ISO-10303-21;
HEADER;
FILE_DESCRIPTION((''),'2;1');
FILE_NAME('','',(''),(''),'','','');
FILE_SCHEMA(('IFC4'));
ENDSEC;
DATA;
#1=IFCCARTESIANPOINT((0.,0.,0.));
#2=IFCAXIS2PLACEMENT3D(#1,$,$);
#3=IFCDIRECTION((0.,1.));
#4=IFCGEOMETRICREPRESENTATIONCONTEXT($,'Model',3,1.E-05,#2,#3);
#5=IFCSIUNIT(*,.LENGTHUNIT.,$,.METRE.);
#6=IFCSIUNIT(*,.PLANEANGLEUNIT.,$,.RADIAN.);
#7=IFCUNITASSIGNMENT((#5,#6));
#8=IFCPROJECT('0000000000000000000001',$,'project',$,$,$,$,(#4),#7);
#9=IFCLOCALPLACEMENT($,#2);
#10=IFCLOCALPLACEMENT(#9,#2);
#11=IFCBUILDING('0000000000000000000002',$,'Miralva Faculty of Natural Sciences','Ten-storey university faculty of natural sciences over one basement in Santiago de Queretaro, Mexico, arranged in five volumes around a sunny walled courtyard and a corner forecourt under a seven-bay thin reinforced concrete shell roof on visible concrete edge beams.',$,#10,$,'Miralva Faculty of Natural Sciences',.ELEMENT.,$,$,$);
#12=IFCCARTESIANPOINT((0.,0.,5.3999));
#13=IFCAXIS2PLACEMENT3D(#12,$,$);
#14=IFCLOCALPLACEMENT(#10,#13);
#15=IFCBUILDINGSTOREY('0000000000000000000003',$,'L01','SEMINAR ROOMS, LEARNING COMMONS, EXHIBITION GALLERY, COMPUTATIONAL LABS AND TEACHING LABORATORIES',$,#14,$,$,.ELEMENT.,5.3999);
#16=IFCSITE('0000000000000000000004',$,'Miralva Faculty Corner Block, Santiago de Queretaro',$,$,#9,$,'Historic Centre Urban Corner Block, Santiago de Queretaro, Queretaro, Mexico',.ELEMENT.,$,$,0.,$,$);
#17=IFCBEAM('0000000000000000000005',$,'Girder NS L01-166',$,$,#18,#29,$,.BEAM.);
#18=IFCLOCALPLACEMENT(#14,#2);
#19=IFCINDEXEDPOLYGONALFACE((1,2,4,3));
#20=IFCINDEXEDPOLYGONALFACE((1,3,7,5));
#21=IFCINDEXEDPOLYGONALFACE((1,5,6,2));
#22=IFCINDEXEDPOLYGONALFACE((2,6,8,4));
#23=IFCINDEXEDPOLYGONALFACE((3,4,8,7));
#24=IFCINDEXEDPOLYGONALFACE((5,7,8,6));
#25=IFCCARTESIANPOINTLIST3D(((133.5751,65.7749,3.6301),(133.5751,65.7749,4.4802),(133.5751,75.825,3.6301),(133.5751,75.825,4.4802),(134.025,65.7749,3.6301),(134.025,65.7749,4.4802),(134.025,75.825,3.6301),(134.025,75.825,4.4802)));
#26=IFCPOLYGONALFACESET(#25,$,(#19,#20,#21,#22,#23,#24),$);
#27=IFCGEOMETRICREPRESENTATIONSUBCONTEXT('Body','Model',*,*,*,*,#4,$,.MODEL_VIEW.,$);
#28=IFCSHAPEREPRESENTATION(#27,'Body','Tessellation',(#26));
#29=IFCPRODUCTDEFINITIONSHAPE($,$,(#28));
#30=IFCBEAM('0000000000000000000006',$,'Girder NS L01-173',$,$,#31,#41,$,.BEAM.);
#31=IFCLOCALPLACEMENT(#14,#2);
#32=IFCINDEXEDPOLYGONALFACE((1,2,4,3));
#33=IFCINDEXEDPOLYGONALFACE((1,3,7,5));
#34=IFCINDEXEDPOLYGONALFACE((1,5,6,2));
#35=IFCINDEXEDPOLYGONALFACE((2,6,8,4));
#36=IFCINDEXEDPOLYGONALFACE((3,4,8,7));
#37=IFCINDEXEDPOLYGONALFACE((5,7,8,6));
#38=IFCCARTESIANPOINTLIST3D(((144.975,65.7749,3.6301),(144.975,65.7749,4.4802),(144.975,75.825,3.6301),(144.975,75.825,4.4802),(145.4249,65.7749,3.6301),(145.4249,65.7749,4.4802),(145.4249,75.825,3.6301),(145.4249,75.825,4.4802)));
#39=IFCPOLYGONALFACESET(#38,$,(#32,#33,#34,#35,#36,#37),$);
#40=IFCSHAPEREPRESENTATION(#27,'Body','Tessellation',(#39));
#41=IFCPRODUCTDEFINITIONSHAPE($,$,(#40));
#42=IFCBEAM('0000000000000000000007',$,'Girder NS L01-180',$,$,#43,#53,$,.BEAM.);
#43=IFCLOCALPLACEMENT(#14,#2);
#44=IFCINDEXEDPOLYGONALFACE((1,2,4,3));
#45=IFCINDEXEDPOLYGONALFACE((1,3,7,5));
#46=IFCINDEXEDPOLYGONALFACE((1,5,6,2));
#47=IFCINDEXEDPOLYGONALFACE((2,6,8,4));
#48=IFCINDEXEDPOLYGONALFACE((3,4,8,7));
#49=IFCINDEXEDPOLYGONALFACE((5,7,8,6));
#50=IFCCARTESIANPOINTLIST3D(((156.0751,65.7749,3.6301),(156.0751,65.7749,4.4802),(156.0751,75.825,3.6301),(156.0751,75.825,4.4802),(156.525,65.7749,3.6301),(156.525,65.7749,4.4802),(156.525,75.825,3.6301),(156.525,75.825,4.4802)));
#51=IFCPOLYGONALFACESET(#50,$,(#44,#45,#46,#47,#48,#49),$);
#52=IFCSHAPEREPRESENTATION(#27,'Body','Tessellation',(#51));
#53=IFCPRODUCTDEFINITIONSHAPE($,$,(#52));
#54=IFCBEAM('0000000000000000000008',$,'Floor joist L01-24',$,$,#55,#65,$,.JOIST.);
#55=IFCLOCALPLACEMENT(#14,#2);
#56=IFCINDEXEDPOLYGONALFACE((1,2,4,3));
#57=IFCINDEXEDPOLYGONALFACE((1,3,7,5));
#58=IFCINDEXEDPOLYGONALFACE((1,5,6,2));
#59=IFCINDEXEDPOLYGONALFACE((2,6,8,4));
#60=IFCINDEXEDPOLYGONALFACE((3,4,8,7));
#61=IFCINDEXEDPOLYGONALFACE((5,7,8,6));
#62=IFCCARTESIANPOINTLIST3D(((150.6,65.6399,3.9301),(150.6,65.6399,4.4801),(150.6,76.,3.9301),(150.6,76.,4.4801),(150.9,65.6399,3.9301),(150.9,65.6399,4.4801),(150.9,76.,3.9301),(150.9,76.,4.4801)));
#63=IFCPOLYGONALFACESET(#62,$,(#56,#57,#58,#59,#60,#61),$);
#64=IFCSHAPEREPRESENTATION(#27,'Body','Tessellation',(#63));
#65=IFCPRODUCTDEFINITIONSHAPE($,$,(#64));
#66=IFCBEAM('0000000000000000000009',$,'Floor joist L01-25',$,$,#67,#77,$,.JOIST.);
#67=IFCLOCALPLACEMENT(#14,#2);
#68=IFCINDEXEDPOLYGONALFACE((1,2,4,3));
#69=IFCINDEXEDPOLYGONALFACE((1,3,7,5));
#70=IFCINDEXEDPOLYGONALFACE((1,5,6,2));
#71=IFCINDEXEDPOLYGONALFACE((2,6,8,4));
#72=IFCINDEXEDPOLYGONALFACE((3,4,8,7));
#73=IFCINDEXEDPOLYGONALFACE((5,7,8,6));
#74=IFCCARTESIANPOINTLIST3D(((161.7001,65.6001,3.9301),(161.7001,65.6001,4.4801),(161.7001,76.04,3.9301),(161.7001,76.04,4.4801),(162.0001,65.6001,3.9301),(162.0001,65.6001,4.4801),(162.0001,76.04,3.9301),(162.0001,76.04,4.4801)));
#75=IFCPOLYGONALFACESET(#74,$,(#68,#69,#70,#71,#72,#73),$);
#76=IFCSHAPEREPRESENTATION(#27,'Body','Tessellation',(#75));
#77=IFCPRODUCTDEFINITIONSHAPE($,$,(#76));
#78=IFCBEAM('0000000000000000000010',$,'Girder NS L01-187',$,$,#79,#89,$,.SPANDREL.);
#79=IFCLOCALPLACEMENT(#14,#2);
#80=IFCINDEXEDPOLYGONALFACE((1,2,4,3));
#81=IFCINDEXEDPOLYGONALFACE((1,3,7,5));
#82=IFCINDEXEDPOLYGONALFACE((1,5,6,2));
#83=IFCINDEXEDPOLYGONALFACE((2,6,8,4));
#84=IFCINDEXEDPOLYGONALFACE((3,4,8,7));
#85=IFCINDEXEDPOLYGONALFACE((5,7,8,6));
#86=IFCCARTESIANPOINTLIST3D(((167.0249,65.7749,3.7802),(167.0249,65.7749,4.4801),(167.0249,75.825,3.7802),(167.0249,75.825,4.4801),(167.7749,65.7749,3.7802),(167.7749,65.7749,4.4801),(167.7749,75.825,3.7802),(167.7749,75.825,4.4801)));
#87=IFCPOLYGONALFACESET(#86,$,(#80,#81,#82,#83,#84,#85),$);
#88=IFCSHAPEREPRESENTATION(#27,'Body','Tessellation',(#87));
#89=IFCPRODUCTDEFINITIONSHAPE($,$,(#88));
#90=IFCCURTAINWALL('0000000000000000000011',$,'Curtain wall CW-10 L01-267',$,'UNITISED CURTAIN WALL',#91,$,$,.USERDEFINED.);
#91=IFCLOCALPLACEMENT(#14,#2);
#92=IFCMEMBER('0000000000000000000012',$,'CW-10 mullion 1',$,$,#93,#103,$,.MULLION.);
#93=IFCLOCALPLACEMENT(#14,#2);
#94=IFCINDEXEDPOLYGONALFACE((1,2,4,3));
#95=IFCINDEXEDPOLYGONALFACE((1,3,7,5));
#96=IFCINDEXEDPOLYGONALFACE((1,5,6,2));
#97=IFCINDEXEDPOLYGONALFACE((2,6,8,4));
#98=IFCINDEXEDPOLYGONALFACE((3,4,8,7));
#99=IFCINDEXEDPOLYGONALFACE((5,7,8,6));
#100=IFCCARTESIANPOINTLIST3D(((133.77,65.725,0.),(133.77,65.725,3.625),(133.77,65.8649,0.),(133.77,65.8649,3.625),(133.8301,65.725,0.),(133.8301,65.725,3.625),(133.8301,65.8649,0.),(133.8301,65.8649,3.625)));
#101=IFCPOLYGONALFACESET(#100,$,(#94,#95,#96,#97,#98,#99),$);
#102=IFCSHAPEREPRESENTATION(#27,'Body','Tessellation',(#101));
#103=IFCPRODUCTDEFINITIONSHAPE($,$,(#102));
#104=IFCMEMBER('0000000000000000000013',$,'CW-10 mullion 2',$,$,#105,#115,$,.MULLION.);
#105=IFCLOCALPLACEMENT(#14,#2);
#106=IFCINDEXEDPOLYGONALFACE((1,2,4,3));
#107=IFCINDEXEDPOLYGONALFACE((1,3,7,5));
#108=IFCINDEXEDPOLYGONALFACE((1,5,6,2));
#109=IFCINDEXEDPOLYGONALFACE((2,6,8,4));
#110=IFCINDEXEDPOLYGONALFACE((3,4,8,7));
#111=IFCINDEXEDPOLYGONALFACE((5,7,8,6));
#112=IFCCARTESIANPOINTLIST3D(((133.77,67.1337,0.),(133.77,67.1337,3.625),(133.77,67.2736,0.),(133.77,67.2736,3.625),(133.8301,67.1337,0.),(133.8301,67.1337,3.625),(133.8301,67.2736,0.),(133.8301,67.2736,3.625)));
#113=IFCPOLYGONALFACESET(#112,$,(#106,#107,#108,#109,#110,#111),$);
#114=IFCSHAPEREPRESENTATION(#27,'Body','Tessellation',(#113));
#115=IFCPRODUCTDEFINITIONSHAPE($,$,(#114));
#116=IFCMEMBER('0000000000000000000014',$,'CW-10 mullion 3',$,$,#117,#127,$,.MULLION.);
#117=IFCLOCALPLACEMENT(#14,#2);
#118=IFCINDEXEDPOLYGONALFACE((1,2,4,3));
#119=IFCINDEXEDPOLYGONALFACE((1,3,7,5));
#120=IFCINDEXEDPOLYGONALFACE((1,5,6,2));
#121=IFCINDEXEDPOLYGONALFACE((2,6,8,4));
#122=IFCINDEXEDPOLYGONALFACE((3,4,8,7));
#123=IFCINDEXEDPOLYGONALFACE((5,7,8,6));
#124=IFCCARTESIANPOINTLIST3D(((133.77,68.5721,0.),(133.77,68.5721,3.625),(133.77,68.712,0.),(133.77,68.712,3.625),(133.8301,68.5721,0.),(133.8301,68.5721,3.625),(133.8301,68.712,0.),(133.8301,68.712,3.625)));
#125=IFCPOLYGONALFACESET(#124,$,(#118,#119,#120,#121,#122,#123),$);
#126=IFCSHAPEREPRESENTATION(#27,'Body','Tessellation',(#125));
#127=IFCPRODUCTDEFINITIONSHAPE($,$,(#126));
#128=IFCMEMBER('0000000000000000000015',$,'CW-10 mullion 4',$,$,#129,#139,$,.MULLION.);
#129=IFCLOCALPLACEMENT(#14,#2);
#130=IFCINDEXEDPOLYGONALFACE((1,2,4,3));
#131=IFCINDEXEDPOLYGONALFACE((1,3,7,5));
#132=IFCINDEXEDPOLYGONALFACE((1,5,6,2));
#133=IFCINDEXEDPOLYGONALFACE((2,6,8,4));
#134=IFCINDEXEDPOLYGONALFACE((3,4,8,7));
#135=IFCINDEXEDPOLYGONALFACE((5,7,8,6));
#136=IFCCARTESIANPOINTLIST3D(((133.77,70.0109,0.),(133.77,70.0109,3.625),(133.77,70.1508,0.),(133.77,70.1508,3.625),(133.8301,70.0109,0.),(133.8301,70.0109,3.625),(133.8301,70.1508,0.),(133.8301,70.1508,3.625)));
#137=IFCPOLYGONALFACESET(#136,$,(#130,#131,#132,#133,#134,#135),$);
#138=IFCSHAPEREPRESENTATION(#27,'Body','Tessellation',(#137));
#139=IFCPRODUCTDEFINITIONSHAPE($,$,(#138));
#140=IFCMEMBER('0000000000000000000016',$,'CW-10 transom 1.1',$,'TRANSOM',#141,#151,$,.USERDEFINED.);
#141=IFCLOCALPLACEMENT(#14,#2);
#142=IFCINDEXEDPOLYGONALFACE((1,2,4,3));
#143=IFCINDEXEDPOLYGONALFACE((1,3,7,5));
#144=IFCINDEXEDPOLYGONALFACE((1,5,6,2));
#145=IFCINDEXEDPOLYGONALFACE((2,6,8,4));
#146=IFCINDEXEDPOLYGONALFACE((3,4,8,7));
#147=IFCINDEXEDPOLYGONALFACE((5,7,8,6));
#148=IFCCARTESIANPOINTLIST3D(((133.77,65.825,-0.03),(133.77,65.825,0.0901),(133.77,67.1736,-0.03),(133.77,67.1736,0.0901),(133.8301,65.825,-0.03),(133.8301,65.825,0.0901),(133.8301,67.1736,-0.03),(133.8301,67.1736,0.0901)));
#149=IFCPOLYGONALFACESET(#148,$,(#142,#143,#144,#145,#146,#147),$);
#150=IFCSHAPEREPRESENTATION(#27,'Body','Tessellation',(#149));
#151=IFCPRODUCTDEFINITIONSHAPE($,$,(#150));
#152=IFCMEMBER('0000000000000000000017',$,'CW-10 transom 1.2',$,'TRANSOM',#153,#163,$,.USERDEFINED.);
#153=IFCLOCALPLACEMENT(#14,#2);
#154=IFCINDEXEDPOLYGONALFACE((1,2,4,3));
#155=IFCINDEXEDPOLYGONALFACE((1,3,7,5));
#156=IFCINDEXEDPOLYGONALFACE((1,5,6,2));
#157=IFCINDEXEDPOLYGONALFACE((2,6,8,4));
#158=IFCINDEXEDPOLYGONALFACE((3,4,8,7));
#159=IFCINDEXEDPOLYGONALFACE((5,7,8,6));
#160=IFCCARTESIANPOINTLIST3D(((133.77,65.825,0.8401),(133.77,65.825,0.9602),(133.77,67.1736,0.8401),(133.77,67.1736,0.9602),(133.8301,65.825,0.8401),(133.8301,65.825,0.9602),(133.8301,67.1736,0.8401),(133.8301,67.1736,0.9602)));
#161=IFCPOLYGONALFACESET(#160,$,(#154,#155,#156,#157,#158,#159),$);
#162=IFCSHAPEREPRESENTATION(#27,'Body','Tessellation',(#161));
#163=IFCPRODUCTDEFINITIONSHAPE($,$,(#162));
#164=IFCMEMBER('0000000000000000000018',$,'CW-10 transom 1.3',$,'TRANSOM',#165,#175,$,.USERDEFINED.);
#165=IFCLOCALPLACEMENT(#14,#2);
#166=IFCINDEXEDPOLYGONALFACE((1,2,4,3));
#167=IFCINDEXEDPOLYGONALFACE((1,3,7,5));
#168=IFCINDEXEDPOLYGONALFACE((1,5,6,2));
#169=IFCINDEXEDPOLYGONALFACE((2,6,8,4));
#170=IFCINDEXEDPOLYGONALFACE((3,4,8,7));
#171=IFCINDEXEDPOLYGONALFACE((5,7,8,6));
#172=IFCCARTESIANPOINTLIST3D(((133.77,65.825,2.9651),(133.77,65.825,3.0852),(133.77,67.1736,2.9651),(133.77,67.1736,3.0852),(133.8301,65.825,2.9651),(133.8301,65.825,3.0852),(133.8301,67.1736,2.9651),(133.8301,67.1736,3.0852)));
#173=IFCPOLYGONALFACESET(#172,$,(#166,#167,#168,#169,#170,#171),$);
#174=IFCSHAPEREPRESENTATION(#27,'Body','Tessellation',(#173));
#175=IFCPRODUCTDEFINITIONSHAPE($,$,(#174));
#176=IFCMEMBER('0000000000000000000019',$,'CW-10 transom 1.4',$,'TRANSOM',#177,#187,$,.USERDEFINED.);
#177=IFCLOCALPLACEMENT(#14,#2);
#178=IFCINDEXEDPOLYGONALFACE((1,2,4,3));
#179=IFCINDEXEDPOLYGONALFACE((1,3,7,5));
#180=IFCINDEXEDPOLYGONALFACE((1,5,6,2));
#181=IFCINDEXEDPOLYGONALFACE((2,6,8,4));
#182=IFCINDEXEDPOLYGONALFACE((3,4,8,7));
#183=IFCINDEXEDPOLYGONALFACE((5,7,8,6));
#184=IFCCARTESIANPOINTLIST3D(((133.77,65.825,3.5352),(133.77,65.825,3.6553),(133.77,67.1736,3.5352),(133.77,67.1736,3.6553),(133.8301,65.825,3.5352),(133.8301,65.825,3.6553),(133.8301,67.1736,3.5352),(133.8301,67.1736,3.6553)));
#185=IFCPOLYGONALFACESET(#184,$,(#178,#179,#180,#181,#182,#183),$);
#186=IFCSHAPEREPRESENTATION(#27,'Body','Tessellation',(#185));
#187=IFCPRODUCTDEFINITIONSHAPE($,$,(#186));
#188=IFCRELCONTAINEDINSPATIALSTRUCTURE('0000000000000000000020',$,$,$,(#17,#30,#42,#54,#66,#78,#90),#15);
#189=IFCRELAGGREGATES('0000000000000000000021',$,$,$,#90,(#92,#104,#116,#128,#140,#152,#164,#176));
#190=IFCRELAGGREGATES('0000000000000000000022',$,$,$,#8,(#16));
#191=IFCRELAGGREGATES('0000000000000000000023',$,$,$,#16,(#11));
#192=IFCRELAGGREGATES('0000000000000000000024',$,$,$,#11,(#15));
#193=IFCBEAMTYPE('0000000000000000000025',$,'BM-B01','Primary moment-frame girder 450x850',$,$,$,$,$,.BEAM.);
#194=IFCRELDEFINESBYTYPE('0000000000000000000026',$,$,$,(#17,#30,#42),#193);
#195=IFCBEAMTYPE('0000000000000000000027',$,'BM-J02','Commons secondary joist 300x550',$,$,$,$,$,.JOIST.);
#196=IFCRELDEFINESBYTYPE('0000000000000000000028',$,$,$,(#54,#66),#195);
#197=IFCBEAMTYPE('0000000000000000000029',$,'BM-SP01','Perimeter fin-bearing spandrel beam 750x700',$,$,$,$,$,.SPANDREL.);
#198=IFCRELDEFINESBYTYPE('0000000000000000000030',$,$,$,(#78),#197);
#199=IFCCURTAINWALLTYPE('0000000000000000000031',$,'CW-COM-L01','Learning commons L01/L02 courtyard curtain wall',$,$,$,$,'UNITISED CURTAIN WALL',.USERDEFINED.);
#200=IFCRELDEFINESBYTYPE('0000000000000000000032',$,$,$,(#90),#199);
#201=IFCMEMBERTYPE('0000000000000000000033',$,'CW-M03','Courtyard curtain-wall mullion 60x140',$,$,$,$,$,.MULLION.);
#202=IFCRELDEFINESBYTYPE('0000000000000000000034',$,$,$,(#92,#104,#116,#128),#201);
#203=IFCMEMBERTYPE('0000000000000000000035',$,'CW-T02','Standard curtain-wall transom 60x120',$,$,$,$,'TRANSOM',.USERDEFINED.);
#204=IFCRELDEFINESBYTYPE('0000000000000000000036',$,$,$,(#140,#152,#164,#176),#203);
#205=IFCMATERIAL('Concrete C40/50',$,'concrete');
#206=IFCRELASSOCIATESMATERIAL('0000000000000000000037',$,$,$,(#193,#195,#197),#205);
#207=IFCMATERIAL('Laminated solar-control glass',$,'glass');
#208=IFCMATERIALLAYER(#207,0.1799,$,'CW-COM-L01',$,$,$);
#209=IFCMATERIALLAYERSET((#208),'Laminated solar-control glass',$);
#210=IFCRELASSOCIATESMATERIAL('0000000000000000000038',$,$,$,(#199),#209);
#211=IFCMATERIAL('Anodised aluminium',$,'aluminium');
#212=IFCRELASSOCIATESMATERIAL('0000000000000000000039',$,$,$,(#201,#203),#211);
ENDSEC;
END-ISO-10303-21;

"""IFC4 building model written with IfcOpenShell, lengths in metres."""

from ifc_helpers import new_model, si_unit, direction, frame, origin, origin_2d, place, context, subcontext, project, spatial, rectangle, extrude, material, layer, layer_set, material_profile, profile_set, type_object, element, aggregate, save


model = new_model("IFC4")

# Units and contexts
model_context = context("Model", 3, precision=1e-05, world=origin(), true_north=direction((0.0, 1.0)))
body_context = subcontext(model_context, "Body", "Model", "MODEL_VIEW")
ifc_project = project(units=[si_unit("LENGTHUNIT", "METRE"), si_unit("PLANEANGLEUNIT", "RADIAN")], contexts=[model_context])

# Site, building, storey
site_placement = place(None, origin())
site = spatial("IfcSite", under=ifc_project, at=site_placement, Name="Miralva Faculty Corner Block, Santiago de Queretaro", LongName="Historic Centre Urban Corner Block, Santiago de Queretaro, Queretaro, Mexico", CompositionType="ELEMENT", RefElevation=0.0)
building_placement = place(site_placement, origin())
building = spatial("IfcBuilding", under=site, at=building_placement, Name="Miralva Faculty of Natural Sciences", Description="Ten-storey university faculty of natural sciences over one basement in Santiago de Queretaro, Mexico, arranged in five volumes around a sunny walled courtyard and a corner forecourt under a seven-bay thin reinforced concrete shell roof on visible concrete edge beams.", LongName="Miralva Faculty of Natural Sciences", CompositionType="ELEMENT")
storey_placement = place(building_placement, frame((0.0, 0.0, 5.3999)))
storey = spatial("IfcBuildingStorey", under=building, at=storey_placement, Name="L01", Description="SEMINAR ROOMS, LEARNING COMMONS, EXHIBITION GALLERY, COMPUTATIONAL LABS AND TEACHING LABORATORIES", CompositionType="ELEMENT", Elevation=5.3999)

# Beams
ifc_material_1 = material(Name="Concrete C40/50", Category="concrete")
ifc_material_profile_1 = material_profile(ifc_material_1, rectangle(XDim=0.45, YDim=0.8501, at=origin_2d()), Name="RC 450x850")
ifc_profile_set_1 = profile_set([ifc_material_profile_1], Name="Concrete C40/50")
beam_type_1 = type_object("IfcBeamType", Name="BM-B01", Description="Primary moment-frame girder 450x850", PredefinedType="BEAM", material=ifc_profile_set_1)
for number, where, z_axis, x_axis, name in (
    (1, (133.8, 65.7749, 4.0552), (0.0, 1.0, 0.0), (-1.0, 0.0, 0.0), "Girder NS L01-166"),
    (2, (145.2, 65.7749, 4.0552), (0.0, 1.0, 0.0), (-1.0, 0.0, 0.0), "Girder NS L01-173"),
    (3, (156.3, 65.7749, 4.0552), (0.0, 1.0, 0.0), (-1.0, 0.0, 0.0), "Girder NS L01-180"),
):
    element("IfcBeam", number, at=place(storey_placement, frame(where, z_axis=z_axis, x_axis=x_axis)), inside=storey, type_object=beam_type_1, Name=name, PredefinedType="BEAM", context=body_context, shape_type="SweptSolid", body=[
        extrude(rectangle(XDim=0.45, YDim=0.8501, at=origin_2d()), origin(), (0.0, 0.0, 1.0), 10.05),
    ])
ifc_material_profile_2 = material_profile(ifc_material_1, rectangle(XDim=0.3, YDim=0.55, at=origin_2d()), Name="RC 300x550")
ifc_profile_set_2 = profile_set([ifc_material_profile_2], Name="Concrete C40/50")
beam_type_2 = type_object("IfcBeamType", Name="BM-J02", Description="Commons secondary joist 300x550", PredefinedType="JOIST", material=ifc_profile_set_2)
beam_1_placement = place(storey_placement, frame((150.75, 65.6399, 4.2051), z_axis=(0.0, 1.0, 0.0), x_axis=(-1.0, 0.0, 0.0)))
element("IfcBeam", 4, at=beam_1_placement, inside=storey, type_object=beam_type_2, Name="Floor joist L01-24", PredefinedType="JOIST", context=body_context, shape_type="SweptSolid", body=[
    extrude(rectangle(XDim=0.3, YDim=0.55, at=origin_2d()), origin(), (0.0, 0.0, 1.0), 10.3601),
])
beam_2_placement = place(storey_placement, frame((161.8501, 65.6001, 4.2051), z_axis=(0.0, 1.0, 0.0), x_axis=(-1.0, 0.0, 0.0)))
element("IfcBeam", 5, at=beam_2_placement, inside=storey, type_object=beam_type_2, Name="Floor joist L01-25", PredefinedType="JOIST", context=body_context, shape_type="SweptSolid", body=[
    extrude(rectangle(XDim=0.3, YDim=0.55, at=origin_2d()), origin(), (0.0, 0.0, 1.0), 10.4399),
])
ifc_material_profile_3 = material_profile(ifc_material_1, rectangle(XDim=0.75, YDim=0.7, at=origin_2d()), Name="RC 750x700")
ifc_profile_set_3 = profile_set([ifc_material_profile_3], Name="Concrete C40/50")
beam_type_3 = type_object("IfcBeamType", Name="BM-SP01", Description="Perimeter fin-bearing spandrel beam 750x700", PredefinedType="SPANDREL", material=ifc_profile_set_3)
beam_3_placement = place(storey_placement, frame((167.3999, 65.7749, 4.1301), z_axis=(0.0, 1.0, 0.0), x_axis=(-1.0, 0.0, 0.0)))
element("IfcBeam", 6, at=beam_3_placement, inside=storey, type_object=beam_type_3, Name="Girder NS L01-187", PredefinedType="SPANDREL", context=body_context, shape_type="SweptSolid", body=[
    extrude(rectangle(XDim=0.75, YDim=0.7, at=origin_2d()), origin(), (0.0, 0.0, 1.0), 10.05),
])

# Curtain wall, members
ifc_material_2 = material(Name="Laminated solar-control glass", Category="glass")
ifc_layer_1 = layer(ifc_material_2, 0.1799, Name="CW-COM-L01")
ifc_layer_set_1 = layer_set([ifc_layer_1], Name="Laminated solar-control glass")
curtain_wall_type = type_object("IfcCurtainWallType", Name="CW-COM-L01", Description="Learning commons L01/L02 courtyard curtain wall", ElementType="UNITISED CURTAIN WALL", PredefinedType="USERDEFINED", material=ifc_layer_set_1)
curtain_wall_placement = place(storey_placement, origin())
curtain_wall = element("IfcCurtainWall", 7, at=curtain_wall_placement, inside=storey, type_object=curtain_wall_type, Name="Curtain wall CW-10 L01-267", ObjectType="UNITISED CURTAIN WALL", PredefinedType="USERDEFINED")
ifc_material_3 = material(Name="Anodised aluminium", Category="aluminium")
ifc_material_profile_4 = material_profile(ifc_material_3, rectangle(XDim=0.0601, YDim=0.1399, at=origin_2d()), Name="MULLION 60x140")
ifc_profile_set_4 = profile_set([ifc_material_profile_4], Name="Anodised aluminium")
member_type_1 = type_object("IfcMemberType", Name="CW-M03", Description="Courtyard curtain-wall mullion 60x140", PredefinedType="MULLION", material=ifc_profile_set_4)
member_1_placement = place(storey_placement, frame((133.8, 65.7949, 0.0), z_axis=(0.0, 0.0, 1.0), x_axis=(-1.0, 0.0, 0.0)))
member_1 = element("IfcMember", 8, at=member_1_placement, type_object=member_type_1, Name="CW-10 mullion 1", PredefinedType="MULLION", context=body_context, shape_type="SweptSolid", body=[
    extrude(rectangle(XDim=0.0601, YDim=0.1399, at=origin_2d()), origin(), (0.0, 0.0, 1.0), 3.625),
])
member_2_placement = place(storey_placement, frame((133.8, 67.2036, 0.0), z_axis=(0.0, 0.0, 1.0), x_axis=(-1.0, 0.0, 0.0)))
member_2 = element("IfcMember", 9, at=member_2_placement, type_object=member_type_1, Name="CW-10 mullion 2", PredefinedType="MULLION", context=body_context, shape_type="SweptSolid", body=[
    extrude(rectangle(XDim=0.0601, YDim=0.1399, at=origin_2d()), origin(), (0.0, 0.0, 1.0), 3.625),
])
member_3_placement = place(storey_placement, frame((133.8, 68.6421, 0.0), z_axis=(0.0, 0.0, 1.0), x_axis=(-1.0, 0.0, 0.0)))
member_3 = element("IfcMember", 10, at=member_3_placement, type_object=member_type_1, Name="CW-10 mullion 3", PredefinedType="MULLION", context=body_context, shape_type="SweptSolid", body=[
    extrude(rectangle(XDim=0.0601, YDim=0.1399, at=origin_2d()), origin(), (0.0, 0.0, 1.0), 3.625),
])
member_4_placement = place(storey_placement, frame((133.8, 70.0808, 0.0), z_axis=(0.0, 0.0, 1.0), x_axis=(-1.0, 0.0, 0.0)))
member_4 = element("IfcMember", 11, at=member_4_placement, type_object=member_type_1, Name="CW-10 mullion 4", PredefinedType="MULLION", context=body_context, shape_type="SweptSolid", body=[
    extrude(rectangle(XDim=0.0601, YDim=0.1399, at=origin_2d()), origin(), (0.0, 0.0, 1.0), 3.625),
])
ifc_material_profile_5 = material_profile(ifc_material_3, rectangle(XDim=0.0601, YDim=0.1201, at=origin_2d()), Name="TRANSOM 60x120")
ifc_profile_set_5 = profile_set([ifc_material_profile_5], Name="Anodised aluminium")
member_type_2 = type_object("IfcMemberType", Name="CW-T02", Description="Standard curtain-wall transom 60x120", ElementType="TRANSOM", PredefinedType="USERDEFINED", material=ifc_profile_set_5)
member_5_placement = place(storey_placement, frame((133.8, 65.825, 0.03), z_axis=(0.0, 1.0, 0.0), x_axis=(-1.0, 0.0, 0.0)))
member_5 = element("IfcMember", 12, at=member_5_placement, type_object=member_type_2, Name="CW-10 transom 1.1", ObjectType="TRANSOM", PredefinedType="USERDEFINED", context=body_context, shape_type="SweptSolid", body=[
    extrude(rectangle(XDim=0.0601, YDim=0.1201, at=origin_2d()), origin(), (0.0, 0.0, 1.0), 1.3486),
])
member_6_placement = place(storey_placement, frame((133.8, 65.825, 0.9001), z_axis=(0.0, 1.0, 0.0), x_axis=(-1.0, 0.0, 0.0)))
member_6 = element("IfcMember", 13, at=member_6_placement, type_object=member_type_2, Name="CW-10 transom 1.2", ObjectType="TRANSOM", PredefinedType="USERDEFINED", context=body_context, shape_type="SweptSolid", body=[
    extrude(rectangle(XDim=0.0601, YDim=0.1201, at=origin_2d()), origin(), (0.0, 0.0, 1.0), 1.3486),
])
member_7_placement = place(storey_placement, frame((133.8, 65.825, 3.0251), z_axis=(0.0, 1.0, 0.0), x_axis=(-1.0, 0.0, 0.0)))
member_7 = element("IfcMember", 14, at=member_7_placement, type_object=member_type_2, Name="CW-10 transom 1.3", ObjectType="TRANSOM", PredefinedType="USERDEFINED", context=body_context, shape_type="SweptSolid", body=[
    extrude(rectangle(XDim=0.0601, YDim=0.1201, at=origin_2d()), origin(), (0.0, 0.0, 1.0), 1.3486),
])
member_8_placement = place(storey_placement, frame((133.8, 65.825, 3.5952), z_axis=(0.0, 1.0, 0.0), x_axis=(-1.0, 0.0, 0.0)))
member_8 = element("IfcMember", 15, at=member_8_placement, type_object=member_type_2, Name="CW-10 transom 1.4", ObjectType="TRANSOM", PredefinedType="USERDEFINED", context=body_context, shape_type="SweptSolid", body=[
    extrude(rectangle(XDim=0.0601, YDim=0.1201, at=origin_2d()), origin(), (0.0, 0.0, 1.0), 1.3486),
])
aggregate(curtain_wall, [member_1, member_2, member_3, member_4, member_5, member_6, member_7, member_8])

save(model, "model.ifc")
